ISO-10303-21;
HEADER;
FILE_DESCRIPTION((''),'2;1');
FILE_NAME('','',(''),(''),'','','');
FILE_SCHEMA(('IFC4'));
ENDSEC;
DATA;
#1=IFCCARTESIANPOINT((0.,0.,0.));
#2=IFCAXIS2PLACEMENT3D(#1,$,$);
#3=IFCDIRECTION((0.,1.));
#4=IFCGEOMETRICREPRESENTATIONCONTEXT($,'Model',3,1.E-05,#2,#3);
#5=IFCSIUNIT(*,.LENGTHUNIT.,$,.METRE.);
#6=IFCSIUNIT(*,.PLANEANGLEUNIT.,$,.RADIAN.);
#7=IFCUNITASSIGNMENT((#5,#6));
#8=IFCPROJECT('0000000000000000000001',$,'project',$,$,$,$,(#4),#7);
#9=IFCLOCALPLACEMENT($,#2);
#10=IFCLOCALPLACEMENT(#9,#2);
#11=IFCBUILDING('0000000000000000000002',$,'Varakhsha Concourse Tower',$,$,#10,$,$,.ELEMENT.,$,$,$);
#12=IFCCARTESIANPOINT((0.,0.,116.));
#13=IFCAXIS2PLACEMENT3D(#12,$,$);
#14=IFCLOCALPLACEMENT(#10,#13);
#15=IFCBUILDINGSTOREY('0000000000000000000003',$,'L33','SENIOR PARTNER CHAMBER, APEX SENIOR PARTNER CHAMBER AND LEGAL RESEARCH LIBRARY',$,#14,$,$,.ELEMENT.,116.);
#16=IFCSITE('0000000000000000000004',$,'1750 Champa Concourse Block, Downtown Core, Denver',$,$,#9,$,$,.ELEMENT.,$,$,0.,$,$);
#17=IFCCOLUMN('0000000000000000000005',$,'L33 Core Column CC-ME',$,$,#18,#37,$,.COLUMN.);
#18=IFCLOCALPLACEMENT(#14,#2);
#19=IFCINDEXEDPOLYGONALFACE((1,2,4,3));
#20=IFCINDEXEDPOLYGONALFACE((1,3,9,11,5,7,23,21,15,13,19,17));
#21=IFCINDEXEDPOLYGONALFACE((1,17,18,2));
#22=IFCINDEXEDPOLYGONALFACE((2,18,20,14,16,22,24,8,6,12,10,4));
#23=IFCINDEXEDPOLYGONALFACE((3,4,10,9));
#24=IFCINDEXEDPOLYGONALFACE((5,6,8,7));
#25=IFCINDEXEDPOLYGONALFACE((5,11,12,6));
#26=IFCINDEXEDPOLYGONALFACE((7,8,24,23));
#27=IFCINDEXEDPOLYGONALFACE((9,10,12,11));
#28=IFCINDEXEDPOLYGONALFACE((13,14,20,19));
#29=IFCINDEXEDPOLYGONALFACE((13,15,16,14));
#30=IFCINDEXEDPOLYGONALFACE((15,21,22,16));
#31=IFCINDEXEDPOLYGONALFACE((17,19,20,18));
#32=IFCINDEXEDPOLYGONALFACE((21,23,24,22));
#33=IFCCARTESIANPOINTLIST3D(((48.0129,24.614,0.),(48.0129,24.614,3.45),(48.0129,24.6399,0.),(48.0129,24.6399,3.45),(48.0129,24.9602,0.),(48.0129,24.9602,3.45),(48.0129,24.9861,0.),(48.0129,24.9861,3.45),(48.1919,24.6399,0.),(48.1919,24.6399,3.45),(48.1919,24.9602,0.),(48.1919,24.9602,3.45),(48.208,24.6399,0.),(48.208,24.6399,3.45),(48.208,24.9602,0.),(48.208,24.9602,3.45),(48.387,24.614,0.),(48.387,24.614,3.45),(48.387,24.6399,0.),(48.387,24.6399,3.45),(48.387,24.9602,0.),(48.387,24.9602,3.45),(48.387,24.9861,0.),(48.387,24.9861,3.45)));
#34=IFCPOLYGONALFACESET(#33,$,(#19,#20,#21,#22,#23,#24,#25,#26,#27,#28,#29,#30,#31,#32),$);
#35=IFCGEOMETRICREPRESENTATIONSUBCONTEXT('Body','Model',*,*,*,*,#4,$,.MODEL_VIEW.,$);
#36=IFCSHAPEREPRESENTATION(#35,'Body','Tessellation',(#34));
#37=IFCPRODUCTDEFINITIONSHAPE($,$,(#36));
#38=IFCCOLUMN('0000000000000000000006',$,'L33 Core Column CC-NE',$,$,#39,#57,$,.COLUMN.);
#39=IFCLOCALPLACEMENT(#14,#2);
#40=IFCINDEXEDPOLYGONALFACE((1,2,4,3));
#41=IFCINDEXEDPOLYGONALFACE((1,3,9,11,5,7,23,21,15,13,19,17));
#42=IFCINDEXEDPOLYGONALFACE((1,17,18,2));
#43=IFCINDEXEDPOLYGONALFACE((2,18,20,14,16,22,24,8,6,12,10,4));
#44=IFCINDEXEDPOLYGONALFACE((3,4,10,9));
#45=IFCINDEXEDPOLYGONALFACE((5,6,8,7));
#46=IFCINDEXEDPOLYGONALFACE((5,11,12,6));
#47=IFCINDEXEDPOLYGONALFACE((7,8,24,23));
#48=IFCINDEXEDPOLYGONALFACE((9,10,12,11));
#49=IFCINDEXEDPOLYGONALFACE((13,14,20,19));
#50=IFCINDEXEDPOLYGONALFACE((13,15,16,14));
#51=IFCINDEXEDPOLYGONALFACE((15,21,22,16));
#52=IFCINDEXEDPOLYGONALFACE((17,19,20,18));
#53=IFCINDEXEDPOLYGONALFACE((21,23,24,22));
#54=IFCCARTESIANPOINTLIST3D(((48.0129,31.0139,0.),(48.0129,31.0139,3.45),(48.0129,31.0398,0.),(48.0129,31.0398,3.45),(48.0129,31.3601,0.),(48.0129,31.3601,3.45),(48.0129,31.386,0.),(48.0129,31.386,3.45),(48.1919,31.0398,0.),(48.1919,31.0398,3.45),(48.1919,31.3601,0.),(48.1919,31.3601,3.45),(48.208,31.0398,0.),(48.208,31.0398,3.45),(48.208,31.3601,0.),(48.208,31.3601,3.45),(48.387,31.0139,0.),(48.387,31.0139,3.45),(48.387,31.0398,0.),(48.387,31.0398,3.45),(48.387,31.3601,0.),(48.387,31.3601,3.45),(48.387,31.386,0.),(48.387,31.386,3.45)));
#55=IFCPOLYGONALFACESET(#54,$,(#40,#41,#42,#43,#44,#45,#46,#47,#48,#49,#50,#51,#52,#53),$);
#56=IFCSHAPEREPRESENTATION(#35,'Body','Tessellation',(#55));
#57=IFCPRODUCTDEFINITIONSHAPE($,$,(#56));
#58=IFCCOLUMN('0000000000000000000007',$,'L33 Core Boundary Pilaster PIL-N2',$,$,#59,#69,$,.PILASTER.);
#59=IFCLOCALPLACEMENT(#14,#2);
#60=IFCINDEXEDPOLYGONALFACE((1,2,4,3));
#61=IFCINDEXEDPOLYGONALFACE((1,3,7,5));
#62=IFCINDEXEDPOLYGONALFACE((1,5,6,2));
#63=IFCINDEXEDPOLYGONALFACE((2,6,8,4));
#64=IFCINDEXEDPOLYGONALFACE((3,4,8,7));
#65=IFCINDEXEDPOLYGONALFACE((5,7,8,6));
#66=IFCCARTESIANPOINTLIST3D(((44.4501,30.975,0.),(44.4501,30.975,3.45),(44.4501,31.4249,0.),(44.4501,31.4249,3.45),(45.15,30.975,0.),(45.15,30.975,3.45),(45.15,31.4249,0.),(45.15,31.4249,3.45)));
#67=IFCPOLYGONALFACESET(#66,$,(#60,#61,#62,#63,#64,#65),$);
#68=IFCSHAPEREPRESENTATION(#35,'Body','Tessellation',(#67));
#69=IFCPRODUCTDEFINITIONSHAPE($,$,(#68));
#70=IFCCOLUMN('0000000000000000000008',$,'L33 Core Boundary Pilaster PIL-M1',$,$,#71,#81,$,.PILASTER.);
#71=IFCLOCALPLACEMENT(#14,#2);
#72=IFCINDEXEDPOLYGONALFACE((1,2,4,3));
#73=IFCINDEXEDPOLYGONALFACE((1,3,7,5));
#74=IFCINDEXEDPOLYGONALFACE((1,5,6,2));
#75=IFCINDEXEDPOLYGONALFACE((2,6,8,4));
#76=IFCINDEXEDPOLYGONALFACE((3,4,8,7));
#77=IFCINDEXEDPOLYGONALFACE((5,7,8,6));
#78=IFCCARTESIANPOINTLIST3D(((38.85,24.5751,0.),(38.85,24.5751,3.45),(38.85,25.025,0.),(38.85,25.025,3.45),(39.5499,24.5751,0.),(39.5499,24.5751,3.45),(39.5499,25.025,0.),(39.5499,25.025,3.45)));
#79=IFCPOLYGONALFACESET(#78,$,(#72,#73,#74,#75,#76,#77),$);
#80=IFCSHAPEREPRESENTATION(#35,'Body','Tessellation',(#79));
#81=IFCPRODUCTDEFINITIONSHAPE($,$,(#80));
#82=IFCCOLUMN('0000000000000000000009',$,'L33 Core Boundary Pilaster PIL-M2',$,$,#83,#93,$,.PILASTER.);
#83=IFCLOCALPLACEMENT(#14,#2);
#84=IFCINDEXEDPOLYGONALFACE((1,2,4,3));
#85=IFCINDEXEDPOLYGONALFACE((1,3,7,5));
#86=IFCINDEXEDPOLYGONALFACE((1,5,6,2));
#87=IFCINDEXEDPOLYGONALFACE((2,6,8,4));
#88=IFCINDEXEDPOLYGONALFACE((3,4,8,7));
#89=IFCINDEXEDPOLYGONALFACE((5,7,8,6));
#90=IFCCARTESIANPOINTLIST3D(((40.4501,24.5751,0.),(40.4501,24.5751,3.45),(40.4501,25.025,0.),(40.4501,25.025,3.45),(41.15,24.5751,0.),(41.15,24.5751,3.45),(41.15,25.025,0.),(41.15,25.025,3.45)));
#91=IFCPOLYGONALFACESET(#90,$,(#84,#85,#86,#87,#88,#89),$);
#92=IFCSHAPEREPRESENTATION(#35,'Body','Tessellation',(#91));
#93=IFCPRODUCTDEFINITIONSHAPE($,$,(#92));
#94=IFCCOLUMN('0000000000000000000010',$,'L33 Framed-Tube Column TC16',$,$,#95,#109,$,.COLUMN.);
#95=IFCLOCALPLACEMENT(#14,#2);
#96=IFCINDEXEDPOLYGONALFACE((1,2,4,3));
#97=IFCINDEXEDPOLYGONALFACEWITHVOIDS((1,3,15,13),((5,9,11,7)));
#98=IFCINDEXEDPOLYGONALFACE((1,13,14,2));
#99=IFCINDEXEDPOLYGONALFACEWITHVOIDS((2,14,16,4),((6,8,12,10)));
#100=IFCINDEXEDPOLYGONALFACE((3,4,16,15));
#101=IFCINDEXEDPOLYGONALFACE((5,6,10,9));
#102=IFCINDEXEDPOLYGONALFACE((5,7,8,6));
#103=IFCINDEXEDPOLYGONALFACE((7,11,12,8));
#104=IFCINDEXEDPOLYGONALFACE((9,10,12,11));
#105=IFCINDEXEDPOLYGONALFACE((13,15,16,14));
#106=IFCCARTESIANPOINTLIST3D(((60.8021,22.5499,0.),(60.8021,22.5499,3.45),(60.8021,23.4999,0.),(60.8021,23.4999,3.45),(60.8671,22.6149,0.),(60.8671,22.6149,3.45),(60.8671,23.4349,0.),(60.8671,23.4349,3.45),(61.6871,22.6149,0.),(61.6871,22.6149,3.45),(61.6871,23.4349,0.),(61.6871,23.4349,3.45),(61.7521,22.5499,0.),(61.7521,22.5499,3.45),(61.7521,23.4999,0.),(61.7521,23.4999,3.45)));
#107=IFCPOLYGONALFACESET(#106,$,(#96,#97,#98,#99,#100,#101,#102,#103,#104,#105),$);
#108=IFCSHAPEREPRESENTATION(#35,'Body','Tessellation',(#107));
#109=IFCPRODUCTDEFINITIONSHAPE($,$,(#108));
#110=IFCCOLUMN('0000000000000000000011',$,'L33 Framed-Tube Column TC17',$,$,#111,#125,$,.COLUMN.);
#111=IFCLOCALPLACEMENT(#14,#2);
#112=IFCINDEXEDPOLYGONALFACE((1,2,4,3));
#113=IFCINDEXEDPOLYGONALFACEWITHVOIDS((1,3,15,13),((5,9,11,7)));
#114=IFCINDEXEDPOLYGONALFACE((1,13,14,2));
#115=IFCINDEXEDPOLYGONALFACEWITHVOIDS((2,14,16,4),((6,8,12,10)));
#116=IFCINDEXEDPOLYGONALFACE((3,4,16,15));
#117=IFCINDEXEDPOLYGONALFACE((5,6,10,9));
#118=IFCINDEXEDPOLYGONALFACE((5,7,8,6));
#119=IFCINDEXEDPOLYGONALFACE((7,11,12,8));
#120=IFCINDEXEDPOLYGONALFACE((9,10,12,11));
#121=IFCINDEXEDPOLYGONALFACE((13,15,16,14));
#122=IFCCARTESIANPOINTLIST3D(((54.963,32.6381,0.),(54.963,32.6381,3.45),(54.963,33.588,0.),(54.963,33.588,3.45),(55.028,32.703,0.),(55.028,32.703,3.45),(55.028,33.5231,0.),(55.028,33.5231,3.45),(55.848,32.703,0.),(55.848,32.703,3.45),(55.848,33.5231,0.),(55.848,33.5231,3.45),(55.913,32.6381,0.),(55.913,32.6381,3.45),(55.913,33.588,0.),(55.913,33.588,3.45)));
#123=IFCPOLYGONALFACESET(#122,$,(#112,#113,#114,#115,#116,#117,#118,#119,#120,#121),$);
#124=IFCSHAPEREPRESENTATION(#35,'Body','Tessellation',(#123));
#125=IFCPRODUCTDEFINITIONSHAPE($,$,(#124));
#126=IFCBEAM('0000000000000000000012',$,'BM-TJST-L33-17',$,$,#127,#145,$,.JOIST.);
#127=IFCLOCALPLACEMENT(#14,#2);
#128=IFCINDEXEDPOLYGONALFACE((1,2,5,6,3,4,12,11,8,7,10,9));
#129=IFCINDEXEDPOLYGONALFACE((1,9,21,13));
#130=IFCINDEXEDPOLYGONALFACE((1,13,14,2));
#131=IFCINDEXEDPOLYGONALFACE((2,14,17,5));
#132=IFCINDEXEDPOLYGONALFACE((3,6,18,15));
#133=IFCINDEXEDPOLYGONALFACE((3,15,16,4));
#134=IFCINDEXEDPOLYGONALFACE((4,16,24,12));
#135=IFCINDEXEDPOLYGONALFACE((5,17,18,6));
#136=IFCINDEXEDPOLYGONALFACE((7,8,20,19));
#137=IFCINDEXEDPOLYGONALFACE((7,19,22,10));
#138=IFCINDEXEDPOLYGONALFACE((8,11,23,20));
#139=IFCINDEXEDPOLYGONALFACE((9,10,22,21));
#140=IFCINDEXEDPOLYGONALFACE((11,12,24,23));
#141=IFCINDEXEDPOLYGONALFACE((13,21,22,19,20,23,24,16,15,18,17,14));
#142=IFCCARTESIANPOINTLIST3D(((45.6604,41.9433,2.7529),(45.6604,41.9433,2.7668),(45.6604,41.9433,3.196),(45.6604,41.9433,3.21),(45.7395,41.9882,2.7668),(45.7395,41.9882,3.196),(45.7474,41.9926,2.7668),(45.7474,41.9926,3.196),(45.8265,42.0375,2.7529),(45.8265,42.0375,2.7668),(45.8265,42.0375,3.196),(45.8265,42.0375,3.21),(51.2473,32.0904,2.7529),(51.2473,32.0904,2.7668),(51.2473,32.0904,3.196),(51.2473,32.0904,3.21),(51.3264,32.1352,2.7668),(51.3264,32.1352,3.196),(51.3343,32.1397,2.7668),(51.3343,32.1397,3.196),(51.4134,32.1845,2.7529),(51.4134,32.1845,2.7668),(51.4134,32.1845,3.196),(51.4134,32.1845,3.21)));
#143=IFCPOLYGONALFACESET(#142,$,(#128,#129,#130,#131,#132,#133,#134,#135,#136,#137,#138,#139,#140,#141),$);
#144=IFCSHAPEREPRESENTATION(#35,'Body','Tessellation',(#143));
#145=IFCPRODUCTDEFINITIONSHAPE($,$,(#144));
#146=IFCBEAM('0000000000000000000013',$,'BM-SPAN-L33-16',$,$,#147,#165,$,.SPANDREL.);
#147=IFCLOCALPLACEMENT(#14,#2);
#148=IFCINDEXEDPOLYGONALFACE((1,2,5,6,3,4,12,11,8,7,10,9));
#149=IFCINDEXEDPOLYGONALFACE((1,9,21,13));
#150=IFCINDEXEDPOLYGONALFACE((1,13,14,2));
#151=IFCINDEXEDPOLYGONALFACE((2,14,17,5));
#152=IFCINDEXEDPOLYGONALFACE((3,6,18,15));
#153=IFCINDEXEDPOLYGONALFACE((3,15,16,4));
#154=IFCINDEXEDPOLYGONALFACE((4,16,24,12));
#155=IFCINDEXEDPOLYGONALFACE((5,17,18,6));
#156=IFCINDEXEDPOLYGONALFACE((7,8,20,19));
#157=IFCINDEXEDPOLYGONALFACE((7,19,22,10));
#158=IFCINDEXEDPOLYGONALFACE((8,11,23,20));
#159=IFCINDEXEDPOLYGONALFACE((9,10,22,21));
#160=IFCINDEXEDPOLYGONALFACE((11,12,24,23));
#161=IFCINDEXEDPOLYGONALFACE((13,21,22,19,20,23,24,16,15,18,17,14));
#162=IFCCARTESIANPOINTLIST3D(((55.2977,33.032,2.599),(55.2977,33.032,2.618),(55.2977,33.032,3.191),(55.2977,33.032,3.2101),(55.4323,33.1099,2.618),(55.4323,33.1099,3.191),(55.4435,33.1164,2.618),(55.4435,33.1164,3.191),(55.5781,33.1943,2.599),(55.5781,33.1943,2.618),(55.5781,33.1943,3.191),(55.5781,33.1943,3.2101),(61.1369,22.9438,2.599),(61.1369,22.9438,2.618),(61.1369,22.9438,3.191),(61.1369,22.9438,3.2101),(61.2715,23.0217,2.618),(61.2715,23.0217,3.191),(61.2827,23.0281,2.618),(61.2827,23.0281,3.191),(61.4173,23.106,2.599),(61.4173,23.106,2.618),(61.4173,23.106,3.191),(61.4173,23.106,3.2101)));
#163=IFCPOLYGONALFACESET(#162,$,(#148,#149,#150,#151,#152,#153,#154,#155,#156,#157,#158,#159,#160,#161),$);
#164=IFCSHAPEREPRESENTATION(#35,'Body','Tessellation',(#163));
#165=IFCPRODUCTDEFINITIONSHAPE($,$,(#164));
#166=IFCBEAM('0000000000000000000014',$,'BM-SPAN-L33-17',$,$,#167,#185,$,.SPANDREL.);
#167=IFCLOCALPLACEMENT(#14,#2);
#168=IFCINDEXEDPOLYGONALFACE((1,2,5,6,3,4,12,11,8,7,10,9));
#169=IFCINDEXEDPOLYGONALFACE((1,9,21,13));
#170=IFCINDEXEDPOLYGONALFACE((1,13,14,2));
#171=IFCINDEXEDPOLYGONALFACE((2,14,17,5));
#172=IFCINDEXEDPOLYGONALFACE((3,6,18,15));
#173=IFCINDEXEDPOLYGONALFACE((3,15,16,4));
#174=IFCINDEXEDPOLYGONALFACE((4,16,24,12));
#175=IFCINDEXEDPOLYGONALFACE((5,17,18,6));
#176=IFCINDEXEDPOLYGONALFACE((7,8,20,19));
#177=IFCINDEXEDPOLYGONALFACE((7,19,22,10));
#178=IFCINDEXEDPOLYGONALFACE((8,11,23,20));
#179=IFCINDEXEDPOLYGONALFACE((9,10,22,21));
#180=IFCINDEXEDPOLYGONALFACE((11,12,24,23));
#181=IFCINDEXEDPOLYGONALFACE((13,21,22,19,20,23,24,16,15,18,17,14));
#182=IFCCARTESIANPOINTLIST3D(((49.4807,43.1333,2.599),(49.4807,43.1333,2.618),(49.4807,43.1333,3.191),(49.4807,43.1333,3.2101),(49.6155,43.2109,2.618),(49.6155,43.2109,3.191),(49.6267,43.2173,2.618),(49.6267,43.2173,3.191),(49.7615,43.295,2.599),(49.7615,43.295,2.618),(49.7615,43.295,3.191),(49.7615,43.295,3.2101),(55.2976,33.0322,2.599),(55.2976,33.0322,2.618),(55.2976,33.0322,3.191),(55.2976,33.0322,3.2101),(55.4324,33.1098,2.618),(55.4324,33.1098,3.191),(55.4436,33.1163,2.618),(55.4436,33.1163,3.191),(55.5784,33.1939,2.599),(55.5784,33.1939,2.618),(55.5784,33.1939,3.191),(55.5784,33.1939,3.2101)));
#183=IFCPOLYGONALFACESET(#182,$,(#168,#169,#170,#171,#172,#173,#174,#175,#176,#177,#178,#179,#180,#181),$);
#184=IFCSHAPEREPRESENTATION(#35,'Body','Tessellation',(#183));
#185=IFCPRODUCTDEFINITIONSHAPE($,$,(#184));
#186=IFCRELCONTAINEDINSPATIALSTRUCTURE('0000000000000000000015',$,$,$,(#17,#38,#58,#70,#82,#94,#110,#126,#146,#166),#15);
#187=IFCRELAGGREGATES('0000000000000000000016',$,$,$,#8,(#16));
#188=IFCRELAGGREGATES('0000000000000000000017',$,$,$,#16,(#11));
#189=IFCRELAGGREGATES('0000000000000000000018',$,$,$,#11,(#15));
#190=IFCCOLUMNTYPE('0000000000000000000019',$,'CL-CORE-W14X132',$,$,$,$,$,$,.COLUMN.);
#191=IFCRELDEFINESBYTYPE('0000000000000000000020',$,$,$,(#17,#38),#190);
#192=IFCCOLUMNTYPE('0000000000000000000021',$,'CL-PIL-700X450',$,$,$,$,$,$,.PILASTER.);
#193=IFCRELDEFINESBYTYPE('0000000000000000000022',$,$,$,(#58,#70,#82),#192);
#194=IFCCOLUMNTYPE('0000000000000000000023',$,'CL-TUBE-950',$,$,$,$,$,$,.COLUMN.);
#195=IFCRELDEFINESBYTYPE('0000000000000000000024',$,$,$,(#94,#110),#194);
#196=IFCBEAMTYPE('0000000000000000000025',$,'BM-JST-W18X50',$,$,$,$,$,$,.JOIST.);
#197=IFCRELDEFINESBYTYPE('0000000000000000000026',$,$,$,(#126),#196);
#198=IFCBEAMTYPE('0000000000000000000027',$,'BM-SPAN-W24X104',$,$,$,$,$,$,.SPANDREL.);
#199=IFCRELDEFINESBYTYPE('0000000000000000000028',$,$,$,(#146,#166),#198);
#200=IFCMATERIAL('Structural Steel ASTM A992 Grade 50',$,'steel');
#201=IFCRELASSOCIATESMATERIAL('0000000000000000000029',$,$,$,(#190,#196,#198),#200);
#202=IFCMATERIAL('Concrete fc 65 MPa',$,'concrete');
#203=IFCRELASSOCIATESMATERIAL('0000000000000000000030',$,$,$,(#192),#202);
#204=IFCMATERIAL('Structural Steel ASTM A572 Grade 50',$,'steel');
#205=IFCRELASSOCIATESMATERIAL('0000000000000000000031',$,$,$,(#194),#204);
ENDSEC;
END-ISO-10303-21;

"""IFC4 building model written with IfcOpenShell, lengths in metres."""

from ifc_helpers import new_model, si_unit, direction, frame, origin, origin_2d, place, context, subcontext, project, spatial, rectangle, hollow_rectangle, i_section, extrude, material, material_profile, profile_set, type_object, element, save


model = new_model("IFC4")

# Units and contexts
model_context = context("Model", 3, precision=1e-05, world=origin(), true_north=direction((0.0, 1.0)))
body_context = subcontext(model_context, "Body", "Model", "MODEL_VIEW")
ifc_project = project(units=[si_unit("LENGTHUNIT", "METRE"), si_unit("PLANEANGLEUNIT", "RADIAN")], contexts=[model_context])

# Site, building, storey
site_placement = place(None, origin())
site = spatial("IfcSite", under=ifc_project, at=site_placement, Name="1750 Champa Concourse Block, Downtown Core, Denver", CompositionType="ELEMENT", RefElevation=0.0)
building_placement = place(site_placement, origin())
building = spatial("IfcBuilding", under=site, at=building_placement, Name="Varakhsha Concourse Tower", CompositionType="ELEMENT")
storey_placement = place(building_placement, frame((0.0, 0.0, 116.0)))
storey = spatial("IfcBuildingStorey", under=building, at=storey_placement, Name="L33", Description="SENIOR PARTNER CHAMBER, APEX SENIOR PARTNER CHAMBER AND LEGAL RESEARCH LIBRARY", CompositionType="ELEMENT", Elevation=116.0)

# Columns
ifc_material_1 = material(Name="Structural Steel ASTM A992 Grade 50", Category="steel")
ifc_material_profile_1 = material_profile(ifc_material_1, i_section(OverallWidth=0.374, OverallDepth=0.3721, WebThickness=0.0161, FlangeThickness=0.0259, at=origin_2d()), Name="W14X132")
ifc_profile_set_1 = profile_set([ifc_material_profile_1], Name="Structural Steel ASTM A992 Grade 50")
column_type_1 = type_object("IfcColumnType", Name="CL-CORE-W14X132", PredefinedType="COLUMN", material=ifc_profile_set_1)
for number, where, z_axis, x_axis, name in (
    (1, (48.2, 24.8, 0.0), (0.0, 0.0, 1.0), (1.0, 0.0, 0.0), "L33 Core Column CC-ME"),
    (2, (48.2, 31.2, 0.0), (0.0, 0.0, 1.0), (1.0, 0.0, 0.0), "L33 Core Column CC-NE"),
):
    element("IfcColumn", number, at=place(storey_placement, frame(where, z_axis=z_axis, x_axis=x_axis)), inside=storey, type_object=column_type_1, Name=name, PredefinedType="COLUMN", context=body_context, shape_type="SweptSolid", body=[
        extrude(i_section(OverallWidth=0.374, OverallDepth=0.3721, WebThickness=0.0161, FlangeThickness=0.0259, at=origin_2d()), origin(), (0.0, 0.0, 1.0), 3.45),
    ])
ifc_material_2 = material(Name="Concrete fc 65 MPa", Category="concrete")
ifc_material_profile_2 = material_profile(ifc_material_2, rectangle(XDim=0.7, YDim=0.45, at=origin_2d()), Name="RC 700x450")
ifc_profile_set_2 = profile_set([ifc_material_profile_2], Name="Concrete fc 65 MPa")
column_type_2 = type_object("IfcColumnType", Name="CL-PIL-700X450", PredefinedType="PILASTER", material=ifc_profile_set_2)
for number, where, z_axis, x_axis, name in (
    (3, (44.8, 31.2, 0.0), (0.0, 0.0, 1.0), (1.0, 0.0, 0.0), "L33 Core Boundary Pilaster PIL-N2"),
    (4, (39.2, 24.8, 0.0), (0.0, 0.0, 1.0), (1.0, 0.0, 0.0), "L33 Core Boundary Pilaster PIL-M1"),
    (5, (40.8, 24.8, 0.0), (0.0, 0.0, 1.0), (1.0, 0.0, 0.0), "L33 Core Boundary Pilaster PIL-M2"),
):
    element("IfcColumn", number, at=place(storey_placement, frame(where, z_axis=z_axis, x_axis=x_axis)), inside=storey, type_object=column_type_2, Name=name, PredefinedType="PILASTER", context=body_context, shape_type="SweptSolid", body=[
        extrude(rectangle(XDim=0.7, YDim=0.45, at=origin_2d()), origin(), (0.0, 0.0, 1.0), 3.45),
    ])
ifc_material_3 = material(Name="Structural Steel ASTM A572 Grade 50", Category="steel")
ifc_material_profile_3 = material_profile(ifc_material_3, hollow_rectangle(XDim=0.95, YDim=0.95, WallThickness=0.0649, at=origin_2d()), Name="BOX 950x950x65")
ifc_profile_set_3 = profile_set([ifc_material_profile_3], Name="Structural Steel ASTM A572 Grade 50")
column_type_3 = type_object("IfcColumnType", Name="CL-TUBE-950", PredefinedType="COLUMN", material=ifc_profile_set_3)
for number, where, z_axis, x_axis, name in (
    (6, (61.2771, 23.0249, 0.0), (0.0, 0.0, 1.0), (1.0, 0.0, 0.0), "L33 Framed-Tube Column TC16"),
    (7, (55.438, 33.113, 0.0), (0.0, 0.0, 1.0), (1.0, 0.0, 0.0), "L33 Framed-Tube Column TC17"),
):
    element("IfcColumn", number, at=place(storey_placement, frame(where, z_axis=z_axis, x_axis=x_axis)), inside=storey, type_object=column_type_3, Name=name, PredefinedType="COLUMN", context=body_context, shape_type="SweptSolid", body=[
        extrude(hollow_rectangle(XDim=0.95, YDim=0.95, WallThickness=0.0649, at=origin_2d()), origin(), (0.0, 0.0, 1.0), 3.45),
    ])

# Beams
ifc_material_profile_4 = material_profile(ifc_material_1, i_section(OverallWidth=0.1909, OverallDepth=0.457, WebThickness=0.009, FlangeThickness=0.0139, at=origin_2d()), Name="W18X50")
ifc_profile_set_4 = profile_set([ifc_material_profile_4], Name="Structural Steel ASTM A992 Grade 50")
beam_type_1 = type_object("IfcBeamType", Name="BM-JST-W18X50", PredefinedType="JOIST", material=ifc_profile_set_4)
beam_1_placement = place(storey_placement, frame((51.3303, 32.1375, 2.9814), z_axis=(-0.493249, 0.869888, 0.0), x_axis=(-0.869888, -0.493249, 0.0)))
element("IfcBeam", 8, at=beam_1_placement, inside=storey, type_object=beam_type_1, Name="BM-TJST-L33-17", PredefinedType="JOIST", context=body_context, shape_type="SweptSolid", body=[
    extrude(i_section(OverallWidth=0.1909, OverallDepth=0.457, WebThickness=0.009, FlangeThickness=0.0139, at=origin_2d()), origin(), (0.0, 0.0, 1.0), 11.3267),
])
ifc_material_profile_5 = material_profile(ifc_material_1, i_section(OverallWidth=0.324, OverallDepth=0.6111, WebThickness=0.0129, FlangeThickness=0.019, at=origin_2d()), Name="W24X104")
ifc_profile_set_5 = profile_set([ifc_material_profile_5], Name="Structural Steel ASTM A992 Grade 50")
beam_type_2 = type_object("IfcBeamType", Name="BM-SPAN-W24X104", PredefinedType="SPANDREL", material=ifc_profile_set_5)
for number, where, z_axis, x_axis, name in (
    (9, (61.2771, 23.0249, 2.9045), (-0.500947, 0.865478, 0.0), (-0.865478, -0.500947, 0.0), "BM-SPAN-L33-16"),
    (10, (55.438, 33.113, 2.9045), (-0.499037, 0.866581, 0.0), (-0.866581, -0.499037, 0.0), "BM-SPAN-L33-17"),
):
    element("IfcBeam", number, at=place(storey_placement, frame(where, z_axis=z_axis, x_axis=x_axis)), inside=storey, type_object=beam_type_2, Name=name, PredefinedType="SPANDREL", context=body_context, shape_type="SweptSolid", body=[
        extrude(i_section(OverallWidth=0.324, OverallDepth=0.6111, WebThickness=0.0129, FlangeThickness=0.019, at=origin_2d()), origin(), (0.0, 0.0, 1.0), 11.6562),
    ])

save(model, "model.ifc")
